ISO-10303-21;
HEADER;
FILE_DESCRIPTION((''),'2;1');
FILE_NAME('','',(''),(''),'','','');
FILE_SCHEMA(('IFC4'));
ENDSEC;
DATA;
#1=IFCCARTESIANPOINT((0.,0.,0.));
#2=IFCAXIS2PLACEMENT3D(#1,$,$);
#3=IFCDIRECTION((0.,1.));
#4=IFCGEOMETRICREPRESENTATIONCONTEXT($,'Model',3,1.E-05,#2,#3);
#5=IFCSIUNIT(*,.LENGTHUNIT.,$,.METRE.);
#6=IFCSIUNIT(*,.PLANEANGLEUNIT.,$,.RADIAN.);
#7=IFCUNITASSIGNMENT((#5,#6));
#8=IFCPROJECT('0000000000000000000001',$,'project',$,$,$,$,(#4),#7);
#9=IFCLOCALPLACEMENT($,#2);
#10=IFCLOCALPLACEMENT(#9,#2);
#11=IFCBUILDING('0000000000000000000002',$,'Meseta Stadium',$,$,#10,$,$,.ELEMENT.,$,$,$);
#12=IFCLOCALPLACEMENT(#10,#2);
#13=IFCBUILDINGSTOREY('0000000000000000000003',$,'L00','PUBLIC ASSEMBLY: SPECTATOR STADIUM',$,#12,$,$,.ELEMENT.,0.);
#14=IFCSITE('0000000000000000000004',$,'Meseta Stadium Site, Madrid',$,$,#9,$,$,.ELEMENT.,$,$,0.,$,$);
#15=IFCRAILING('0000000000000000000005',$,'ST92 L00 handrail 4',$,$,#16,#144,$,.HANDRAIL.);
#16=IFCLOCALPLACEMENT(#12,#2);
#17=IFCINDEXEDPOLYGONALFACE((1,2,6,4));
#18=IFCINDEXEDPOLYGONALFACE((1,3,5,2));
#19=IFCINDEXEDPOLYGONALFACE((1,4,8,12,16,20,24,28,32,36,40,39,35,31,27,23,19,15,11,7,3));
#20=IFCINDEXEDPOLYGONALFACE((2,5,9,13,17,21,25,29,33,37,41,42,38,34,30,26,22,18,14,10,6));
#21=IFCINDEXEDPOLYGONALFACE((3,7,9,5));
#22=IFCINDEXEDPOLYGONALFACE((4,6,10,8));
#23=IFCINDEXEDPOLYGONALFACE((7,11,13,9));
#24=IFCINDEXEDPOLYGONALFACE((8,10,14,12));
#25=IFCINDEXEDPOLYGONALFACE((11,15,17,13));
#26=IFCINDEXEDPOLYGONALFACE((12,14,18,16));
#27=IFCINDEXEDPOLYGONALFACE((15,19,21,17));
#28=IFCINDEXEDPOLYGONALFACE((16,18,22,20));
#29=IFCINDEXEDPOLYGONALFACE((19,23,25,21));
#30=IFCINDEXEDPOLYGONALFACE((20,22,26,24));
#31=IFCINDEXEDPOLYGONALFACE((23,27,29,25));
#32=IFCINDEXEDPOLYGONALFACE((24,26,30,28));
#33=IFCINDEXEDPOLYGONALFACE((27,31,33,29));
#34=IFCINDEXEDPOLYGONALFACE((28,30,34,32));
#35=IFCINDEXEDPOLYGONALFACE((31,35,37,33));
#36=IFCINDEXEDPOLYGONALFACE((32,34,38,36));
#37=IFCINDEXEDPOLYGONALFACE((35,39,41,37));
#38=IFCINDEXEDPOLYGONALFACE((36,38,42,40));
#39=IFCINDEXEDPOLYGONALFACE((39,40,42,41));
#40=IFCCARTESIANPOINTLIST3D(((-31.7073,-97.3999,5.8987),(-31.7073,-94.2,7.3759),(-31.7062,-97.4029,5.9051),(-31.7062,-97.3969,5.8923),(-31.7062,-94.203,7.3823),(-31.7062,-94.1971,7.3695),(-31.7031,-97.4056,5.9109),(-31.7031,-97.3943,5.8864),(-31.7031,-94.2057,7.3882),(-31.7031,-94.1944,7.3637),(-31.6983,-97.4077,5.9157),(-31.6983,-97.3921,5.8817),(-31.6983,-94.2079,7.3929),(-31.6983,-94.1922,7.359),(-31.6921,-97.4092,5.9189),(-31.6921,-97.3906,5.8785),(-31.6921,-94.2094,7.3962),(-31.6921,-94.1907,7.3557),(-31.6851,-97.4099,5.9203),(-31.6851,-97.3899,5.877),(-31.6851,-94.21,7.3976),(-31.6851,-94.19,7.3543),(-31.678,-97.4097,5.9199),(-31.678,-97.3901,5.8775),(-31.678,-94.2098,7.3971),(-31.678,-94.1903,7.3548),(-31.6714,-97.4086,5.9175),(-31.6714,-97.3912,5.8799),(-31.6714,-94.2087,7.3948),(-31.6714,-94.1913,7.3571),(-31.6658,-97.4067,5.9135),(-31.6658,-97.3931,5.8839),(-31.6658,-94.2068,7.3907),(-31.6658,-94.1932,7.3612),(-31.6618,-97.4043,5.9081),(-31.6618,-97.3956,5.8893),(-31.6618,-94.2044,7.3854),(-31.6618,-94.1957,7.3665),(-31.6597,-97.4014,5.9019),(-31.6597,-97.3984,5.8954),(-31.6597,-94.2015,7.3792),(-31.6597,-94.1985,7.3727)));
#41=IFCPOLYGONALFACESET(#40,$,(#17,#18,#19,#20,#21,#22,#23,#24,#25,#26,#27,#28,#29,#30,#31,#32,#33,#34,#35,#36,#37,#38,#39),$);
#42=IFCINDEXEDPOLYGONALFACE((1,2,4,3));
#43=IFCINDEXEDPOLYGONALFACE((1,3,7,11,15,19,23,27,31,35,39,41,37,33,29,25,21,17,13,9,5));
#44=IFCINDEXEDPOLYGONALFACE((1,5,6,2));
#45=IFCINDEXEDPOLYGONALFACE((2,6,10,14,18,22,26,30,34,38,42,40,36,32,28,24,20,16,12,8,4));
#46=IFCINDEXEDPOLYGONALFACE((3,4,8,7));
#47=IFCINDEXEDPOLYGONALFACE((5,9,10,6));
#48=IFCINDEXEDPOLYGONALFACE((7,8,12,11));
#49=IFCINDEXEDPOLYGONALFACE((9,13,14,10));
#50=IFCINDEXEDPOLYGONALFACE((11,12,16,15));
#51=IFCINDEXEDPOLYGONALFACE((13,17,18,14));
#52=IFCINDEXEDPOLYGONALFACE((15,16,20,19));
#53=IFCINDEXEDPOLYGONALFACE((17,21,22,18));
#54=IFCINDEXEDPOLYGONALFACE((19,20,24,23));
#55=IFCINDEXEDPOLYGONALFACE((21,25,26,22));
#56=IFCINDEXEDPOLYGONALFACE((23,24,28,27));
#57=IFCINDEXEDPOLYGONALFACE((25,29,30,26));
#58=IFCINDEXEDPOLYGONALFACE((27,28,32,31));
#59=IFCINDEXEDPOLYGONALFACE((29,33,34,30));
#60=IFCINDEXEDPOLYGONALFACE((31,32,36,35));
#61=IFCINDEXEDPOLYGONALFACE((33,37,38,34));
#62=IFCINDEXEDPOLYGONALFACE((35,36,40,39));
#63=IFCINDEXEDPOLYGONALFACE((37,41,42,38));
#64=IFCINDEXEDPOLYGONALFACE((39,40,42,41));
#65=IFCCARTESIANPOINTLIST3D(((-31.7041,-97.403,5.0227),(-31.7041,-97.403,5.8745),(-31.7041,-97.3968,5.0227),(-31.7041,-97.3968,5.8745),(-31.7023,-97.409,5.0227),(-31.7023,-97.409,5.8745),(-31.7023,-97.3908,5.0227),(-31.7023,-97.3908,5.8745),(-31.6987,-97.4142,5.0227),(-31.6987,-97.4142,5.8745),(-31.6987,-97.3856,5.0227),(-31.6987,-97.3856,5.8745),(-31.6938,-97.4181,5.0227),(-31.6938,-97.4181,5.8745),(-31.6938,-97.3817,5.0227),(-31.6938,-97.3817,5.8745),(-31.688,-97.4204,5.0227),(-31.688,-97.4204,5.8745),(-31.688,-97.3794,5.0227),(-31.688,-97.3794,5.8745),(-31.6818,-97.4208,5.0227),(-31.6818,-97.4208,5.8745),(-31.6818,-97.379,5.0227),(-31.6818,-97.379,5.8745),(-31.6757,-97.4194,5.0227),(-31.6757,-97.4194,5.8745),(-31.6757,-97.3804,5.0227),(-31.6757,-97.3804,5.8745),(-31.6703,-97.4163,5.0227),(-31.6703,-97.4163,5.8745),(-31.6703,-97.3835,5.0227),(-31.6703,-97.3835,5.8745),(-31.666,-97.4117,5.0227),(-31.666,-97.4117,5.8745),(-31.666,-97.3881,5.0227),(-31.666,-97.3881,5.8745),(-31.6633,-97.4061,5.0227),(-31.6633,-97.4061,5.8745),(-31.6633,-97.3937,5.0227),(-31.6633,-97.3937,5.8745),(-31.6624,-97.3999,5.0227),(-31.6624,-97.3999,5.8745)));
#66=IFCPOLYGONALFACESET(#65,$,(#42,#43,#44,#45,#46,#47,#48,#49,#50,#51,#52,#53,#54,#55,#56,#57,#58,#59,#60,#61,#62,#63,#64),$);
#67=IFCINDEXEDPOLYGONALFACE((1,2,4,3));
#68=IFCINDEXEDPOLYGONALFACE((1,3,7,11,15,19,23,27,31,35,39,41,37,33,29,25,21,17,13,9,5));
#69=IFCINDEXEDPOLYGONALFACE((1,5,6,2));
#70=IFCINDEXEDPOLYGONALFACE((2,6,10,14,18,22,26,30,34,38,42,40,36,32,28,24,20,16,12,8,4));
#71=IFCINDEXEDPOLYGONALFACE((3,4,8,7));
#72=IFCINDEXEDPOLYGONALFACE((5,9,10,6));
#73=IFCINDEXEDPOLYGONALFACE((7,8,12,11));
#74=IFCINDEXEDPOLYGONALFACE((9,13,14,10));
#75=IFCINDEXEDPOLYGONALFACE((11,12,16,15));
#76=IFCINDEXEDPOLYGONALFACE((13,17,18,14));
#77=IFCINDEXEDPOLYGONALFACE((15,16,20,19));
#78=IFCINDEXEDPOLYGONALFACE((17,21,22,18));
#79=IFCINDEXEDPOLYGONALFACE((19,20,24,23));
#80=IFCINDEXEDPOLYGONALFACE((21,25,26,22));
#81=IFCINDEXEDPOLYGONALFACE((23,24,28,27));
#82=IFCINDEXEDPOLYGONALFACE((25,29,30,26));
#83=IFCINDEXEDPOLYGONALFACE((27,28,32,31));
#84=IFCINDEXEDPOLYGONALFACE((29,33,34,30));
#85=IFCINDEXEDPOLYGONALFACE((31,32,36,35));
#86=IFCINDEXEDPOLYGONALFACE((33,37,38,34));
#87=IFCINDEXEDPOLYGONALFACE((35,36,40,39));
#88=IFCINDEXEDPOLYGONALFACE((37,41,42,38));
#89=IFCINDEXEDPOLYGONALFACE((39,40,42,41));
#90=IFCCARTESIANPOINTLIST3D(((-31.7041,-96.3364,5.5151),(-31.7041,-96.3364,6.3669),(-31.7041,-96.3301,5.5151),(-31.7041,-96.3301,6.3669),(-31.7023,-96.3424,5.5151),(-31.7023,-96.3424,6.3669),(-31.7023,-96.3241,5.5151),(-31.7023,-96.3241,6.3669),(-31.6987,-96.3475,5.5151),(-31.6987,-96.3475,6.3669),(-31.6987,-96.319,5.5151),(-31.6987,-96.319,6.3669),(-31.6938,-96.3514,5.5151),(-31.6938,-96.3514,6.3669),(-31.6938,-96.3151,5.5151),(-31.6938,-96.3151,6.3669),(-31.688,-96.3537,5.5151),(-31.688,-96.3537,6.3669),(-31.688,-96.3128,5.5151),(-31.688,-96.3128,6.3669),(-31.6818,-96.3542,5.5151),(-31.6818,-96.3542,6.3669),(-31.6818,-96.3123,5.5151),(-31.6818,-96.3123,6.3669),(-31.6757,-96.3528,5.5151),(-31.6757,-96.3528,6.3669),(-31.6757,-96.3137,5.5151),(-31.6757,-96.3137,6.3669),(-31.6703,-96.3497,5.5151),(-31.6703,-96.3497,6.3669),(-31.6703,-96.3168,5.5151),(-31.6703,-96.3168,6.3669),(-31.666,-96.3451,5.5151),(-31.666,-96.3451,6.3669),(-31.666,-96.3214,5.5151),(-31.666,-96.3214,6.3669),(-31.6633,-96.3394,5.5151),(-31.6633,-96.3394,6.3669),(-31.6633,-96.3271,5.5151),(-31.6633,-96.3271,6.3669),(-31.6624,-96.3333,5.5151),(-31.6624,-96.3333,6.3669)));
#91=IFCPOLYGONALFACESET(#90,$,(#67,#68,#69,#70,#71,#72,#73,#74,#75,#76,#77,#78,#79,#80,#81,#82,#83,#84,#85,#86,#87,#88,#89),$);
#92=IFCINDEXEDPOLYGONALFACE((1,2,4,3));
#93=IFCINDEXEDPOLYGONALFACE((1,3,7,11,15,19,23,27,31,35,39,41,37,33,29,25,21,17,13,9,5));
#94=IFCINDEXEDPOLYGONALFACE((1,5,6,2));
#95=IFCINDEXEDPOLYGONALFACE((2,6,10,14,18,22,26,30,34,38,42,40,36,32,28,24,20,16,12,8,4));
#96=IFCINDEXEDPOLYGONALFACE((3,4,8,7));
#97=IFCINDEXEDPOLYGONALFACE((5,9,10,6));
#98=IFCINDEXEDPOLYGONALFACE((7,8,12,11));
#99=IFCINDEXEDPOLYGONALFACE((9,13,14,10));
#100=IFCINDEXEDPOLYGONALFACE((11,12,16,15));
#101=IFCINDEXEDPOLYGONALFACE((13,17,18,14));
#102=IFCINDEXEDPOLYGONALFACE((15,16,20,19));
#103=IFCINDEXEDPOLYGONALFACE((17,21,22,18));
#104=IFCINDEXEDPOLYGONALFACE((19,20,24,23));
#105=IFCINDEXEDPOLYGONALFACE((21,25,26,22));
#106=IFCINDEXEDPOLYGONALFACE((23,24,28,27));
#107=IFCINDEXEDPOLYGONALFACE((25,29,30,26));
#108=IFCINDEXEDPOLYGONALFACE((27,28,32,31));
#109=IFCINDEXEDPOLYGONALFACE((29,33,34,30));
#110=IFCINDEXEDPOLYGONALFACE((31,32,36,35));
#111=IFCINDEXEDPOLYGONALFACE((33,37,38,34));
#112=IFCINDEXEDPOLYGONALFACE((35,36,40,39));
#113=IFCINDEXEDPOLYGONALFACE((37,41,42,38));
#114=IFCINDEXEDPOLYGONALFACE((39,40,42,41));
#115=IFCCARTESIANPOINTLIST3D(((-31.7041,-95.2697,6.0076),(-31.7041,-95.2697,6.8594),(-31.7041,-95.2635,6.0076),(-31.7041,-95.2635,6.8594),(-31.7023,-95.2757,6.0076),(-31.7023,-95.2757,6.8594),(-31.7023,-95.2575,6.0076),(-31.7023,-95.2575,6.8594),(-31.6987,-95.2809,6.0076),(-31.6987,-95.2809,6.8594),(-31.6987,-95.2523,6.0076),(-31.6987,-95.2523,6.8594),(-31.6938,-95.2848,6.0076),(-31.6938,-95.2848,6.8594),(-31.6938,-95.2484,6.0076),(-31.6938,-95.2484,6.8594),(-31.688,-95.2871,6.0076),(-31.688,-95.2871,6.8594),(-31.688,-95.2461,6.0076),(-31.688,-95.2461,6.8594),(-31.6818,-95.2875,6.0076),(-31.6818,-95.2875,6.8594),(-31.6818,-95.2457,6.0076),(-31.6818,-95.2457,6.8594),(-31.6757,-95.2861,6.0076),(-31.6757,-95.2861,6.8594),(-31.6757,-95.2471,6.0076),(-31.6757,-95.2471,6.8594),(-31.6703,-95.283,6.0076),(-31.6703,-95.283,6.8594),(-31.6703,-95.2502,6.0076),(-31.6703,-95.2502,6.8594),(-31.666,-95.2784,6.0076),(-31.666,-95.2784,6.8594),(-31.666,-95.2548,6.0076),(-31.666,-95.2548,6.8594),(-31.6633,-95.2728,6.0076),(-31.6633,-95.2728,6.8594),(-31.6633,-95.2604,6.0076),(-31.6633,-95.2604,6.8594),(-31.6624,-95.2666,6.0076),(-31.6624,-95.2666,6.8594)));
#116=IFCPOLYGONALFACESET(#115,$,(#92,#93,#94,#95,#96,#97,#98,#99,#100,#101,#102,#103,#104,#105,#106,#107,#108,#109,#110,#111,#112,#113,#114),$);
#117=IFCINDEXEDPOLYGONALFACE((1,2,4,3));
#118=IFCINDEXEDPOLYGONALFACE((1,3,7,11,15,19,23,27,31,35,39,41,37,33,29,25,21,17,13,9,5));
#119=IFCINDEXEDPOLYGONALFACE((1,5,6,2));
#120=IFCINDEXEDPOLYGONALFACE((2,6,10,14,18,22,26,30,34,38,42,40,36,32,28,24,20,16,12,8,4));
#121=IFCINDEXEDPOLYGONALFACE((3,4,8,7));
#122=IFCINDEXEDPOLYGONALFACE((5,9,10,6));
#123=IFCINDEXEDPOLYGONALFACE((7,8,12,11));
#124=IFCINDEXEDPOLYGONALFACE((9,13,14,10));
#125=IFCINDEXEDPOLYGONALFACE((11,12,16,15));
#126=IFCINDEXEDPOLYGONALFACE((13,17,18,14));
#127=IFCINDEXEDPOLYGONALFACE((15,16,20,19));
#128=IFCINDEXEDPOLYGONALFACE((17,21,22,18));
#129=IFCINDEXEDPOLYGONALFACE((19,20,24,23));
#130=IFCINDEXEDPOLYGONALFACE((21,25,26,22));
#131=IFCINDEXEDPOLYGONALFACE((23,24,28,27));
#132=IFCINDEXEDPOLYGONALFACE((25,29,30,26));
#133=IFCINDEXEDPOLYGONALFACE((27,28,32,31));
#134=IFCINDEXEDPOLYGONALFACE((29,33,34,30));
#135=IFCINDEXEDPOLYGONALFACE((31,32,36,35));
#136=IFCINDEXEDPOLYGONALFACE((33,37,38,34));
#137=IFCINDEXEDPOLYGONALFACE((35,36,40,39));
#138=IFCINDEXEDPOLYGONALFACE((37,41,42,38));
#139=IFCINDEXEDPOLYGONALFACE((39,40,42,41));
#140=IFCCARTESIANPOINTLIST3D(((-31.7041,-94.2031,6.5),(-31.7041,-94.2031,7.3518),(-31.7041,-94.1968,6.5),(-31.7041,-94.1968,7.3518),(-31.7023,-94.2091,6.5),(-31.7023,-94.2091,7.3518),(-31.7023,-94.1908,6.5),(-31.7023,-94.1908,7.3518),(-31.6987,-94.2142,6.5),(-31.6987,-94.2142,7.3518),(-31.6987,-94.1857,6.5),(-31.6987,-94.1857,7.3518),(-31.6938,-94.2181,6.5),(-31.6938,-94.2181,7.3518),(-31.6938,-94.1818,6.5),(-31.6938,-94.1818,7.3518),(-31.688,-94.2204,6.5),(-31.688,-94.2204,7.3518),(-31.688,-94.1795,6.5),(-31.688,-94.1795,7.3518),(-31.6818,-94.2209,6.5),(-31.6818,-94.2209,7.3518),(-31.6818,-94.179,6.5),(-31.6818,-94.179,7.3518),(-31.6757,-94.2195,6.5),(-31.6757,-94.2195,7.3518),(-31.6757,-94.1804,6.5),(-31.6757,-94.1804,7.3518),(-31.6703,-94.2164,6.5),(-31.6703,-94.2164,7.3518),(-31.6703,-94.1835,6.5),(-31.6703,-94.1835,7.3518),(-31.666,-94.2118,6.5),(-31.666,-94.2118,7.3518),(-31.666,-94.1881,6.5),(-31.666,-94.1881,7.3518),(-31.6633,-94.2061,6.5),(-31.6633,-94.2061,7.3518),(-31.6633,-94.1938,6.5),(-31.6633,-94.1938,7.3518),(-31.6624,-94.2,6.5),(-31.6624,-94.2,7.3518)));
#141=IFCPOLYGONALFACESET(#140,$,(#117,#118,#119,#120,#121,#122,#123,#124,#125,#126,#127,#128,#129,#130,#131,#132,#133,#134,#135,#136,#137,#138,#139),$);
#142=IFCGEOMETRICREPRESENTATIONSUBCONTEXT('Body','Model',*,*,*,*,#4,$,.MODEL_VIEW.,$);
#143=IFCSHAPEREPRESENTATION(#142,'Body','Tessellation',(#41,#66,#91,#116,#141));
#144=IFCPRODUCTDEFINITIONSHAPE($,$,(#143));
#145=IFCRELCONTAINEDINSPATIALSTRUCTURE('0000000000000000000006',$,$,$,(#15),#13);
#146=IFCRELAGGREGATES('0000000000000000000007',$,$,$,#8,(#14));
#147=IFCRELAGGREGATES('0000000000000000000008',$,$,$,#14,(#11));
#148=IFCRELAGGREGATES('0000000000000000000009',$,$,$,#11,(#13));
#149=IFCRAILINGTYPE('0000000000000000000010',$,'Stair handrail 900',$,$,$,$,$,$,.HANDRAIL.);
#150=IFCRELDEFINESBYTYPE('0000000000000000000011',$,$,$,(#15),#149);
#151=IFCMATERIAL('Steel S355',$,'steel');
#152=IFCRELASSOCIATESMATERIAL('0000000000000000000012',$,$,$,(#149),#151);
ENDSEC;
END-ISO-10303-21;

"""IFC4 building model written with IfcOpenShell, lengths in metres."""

from ifc_helpers import new_model, si_unit, direction, frame, origin, origin_2d, place, context, subcontext, project, spatial, circle, extrude, material, type_object, element, save


model = new_model("IFC4")

# Units and contexts
model_context = context("Model", 3, precision=1e-05, world=origin(), true_north=direction((0.0, 1.0)))
body_context = subcontext(model_context, "Body", "Model", "MODEL_VIEW")
ifc_project = project(units=[si_unit("LENGTHUNIT", "METRE"), si_unit("PLANEANGLEUNIT", "RADIAN")], contexts=[model_context])

# Site, building, storey
site_placement = place(None, origin())
site = spatial("IfcSite", under=ifc_project, at=site_placement, Name="Meseta Stadium Site, Madrid", CompositionType="ELEMENT", RefElevation=0.0)
building_placement = place(site_placement, origin())
building = spatial("IfcBuilding", under=site, at=building_placement, Name="Meseta Stadium", CompositionType="ELEMENT")
storey_placement = place(building_placement, origin())
storey = spatial("IfcBuildingStorey", under=building, at=storey_placement, Name="L00", Description="PUBLIC ASSEMBLY: SPECTATOR STADIUM", CompositionType="ELEMENT", Elevation=0.0)

# Railing
ifc_material_1 = material(Name="Steel S355", Category="steel")
railing_type_1 = type_object("IfcRailingType", Name="Stair handrail 900", PredefinedType="HANDRAIL", material=ifc_material_1)
for number, where, name in (
    (1, (-31.6833, -97.3999, 5.0227), "ST92 L00 handrail 4"),
):
    element("IfcRailing", number, at=place(storey_placement, frame(where)), inside=storey, type_object=railing_type_1, Name=name, PredefinedType="HANDRAIL", context=body_context, shape_type="SweptSolid", body=[
        extrude(circle(Radius=0.0239, at=origin_2d()), frame((0.0, 0.0, 0.876), z_axis=(0.0, 0.907917, 0.41915), x_axis=(-1.0, 0.0, 0.0)), (0.0, 0.0, 1.0), 3.5244),
        extrude(circle(Radius=0.021, at=origin_2d()), origin(), (0.0, 0.0, 1.0), 0.8518),
        extrude(circle(Radius=0.021, at=origin_2d()), frame((0.0, 1.0667, 0.4924)), (0.0, 0.0, 1.0), 0.8518),
        extrude(circle(Radius=0.021, at=origin_2d()), frame((0.0, 2.1333, 0.9849)), (0.0, 0.0, 1.0), 0.8518),
        extrude(circle(Radius=0.021, at=origin_2d()), frame((0.0, 3.2, 1.4773)), (0.0, 0.0, 1.0), 0.8518),
    ])

save(model, "model.ifc")
